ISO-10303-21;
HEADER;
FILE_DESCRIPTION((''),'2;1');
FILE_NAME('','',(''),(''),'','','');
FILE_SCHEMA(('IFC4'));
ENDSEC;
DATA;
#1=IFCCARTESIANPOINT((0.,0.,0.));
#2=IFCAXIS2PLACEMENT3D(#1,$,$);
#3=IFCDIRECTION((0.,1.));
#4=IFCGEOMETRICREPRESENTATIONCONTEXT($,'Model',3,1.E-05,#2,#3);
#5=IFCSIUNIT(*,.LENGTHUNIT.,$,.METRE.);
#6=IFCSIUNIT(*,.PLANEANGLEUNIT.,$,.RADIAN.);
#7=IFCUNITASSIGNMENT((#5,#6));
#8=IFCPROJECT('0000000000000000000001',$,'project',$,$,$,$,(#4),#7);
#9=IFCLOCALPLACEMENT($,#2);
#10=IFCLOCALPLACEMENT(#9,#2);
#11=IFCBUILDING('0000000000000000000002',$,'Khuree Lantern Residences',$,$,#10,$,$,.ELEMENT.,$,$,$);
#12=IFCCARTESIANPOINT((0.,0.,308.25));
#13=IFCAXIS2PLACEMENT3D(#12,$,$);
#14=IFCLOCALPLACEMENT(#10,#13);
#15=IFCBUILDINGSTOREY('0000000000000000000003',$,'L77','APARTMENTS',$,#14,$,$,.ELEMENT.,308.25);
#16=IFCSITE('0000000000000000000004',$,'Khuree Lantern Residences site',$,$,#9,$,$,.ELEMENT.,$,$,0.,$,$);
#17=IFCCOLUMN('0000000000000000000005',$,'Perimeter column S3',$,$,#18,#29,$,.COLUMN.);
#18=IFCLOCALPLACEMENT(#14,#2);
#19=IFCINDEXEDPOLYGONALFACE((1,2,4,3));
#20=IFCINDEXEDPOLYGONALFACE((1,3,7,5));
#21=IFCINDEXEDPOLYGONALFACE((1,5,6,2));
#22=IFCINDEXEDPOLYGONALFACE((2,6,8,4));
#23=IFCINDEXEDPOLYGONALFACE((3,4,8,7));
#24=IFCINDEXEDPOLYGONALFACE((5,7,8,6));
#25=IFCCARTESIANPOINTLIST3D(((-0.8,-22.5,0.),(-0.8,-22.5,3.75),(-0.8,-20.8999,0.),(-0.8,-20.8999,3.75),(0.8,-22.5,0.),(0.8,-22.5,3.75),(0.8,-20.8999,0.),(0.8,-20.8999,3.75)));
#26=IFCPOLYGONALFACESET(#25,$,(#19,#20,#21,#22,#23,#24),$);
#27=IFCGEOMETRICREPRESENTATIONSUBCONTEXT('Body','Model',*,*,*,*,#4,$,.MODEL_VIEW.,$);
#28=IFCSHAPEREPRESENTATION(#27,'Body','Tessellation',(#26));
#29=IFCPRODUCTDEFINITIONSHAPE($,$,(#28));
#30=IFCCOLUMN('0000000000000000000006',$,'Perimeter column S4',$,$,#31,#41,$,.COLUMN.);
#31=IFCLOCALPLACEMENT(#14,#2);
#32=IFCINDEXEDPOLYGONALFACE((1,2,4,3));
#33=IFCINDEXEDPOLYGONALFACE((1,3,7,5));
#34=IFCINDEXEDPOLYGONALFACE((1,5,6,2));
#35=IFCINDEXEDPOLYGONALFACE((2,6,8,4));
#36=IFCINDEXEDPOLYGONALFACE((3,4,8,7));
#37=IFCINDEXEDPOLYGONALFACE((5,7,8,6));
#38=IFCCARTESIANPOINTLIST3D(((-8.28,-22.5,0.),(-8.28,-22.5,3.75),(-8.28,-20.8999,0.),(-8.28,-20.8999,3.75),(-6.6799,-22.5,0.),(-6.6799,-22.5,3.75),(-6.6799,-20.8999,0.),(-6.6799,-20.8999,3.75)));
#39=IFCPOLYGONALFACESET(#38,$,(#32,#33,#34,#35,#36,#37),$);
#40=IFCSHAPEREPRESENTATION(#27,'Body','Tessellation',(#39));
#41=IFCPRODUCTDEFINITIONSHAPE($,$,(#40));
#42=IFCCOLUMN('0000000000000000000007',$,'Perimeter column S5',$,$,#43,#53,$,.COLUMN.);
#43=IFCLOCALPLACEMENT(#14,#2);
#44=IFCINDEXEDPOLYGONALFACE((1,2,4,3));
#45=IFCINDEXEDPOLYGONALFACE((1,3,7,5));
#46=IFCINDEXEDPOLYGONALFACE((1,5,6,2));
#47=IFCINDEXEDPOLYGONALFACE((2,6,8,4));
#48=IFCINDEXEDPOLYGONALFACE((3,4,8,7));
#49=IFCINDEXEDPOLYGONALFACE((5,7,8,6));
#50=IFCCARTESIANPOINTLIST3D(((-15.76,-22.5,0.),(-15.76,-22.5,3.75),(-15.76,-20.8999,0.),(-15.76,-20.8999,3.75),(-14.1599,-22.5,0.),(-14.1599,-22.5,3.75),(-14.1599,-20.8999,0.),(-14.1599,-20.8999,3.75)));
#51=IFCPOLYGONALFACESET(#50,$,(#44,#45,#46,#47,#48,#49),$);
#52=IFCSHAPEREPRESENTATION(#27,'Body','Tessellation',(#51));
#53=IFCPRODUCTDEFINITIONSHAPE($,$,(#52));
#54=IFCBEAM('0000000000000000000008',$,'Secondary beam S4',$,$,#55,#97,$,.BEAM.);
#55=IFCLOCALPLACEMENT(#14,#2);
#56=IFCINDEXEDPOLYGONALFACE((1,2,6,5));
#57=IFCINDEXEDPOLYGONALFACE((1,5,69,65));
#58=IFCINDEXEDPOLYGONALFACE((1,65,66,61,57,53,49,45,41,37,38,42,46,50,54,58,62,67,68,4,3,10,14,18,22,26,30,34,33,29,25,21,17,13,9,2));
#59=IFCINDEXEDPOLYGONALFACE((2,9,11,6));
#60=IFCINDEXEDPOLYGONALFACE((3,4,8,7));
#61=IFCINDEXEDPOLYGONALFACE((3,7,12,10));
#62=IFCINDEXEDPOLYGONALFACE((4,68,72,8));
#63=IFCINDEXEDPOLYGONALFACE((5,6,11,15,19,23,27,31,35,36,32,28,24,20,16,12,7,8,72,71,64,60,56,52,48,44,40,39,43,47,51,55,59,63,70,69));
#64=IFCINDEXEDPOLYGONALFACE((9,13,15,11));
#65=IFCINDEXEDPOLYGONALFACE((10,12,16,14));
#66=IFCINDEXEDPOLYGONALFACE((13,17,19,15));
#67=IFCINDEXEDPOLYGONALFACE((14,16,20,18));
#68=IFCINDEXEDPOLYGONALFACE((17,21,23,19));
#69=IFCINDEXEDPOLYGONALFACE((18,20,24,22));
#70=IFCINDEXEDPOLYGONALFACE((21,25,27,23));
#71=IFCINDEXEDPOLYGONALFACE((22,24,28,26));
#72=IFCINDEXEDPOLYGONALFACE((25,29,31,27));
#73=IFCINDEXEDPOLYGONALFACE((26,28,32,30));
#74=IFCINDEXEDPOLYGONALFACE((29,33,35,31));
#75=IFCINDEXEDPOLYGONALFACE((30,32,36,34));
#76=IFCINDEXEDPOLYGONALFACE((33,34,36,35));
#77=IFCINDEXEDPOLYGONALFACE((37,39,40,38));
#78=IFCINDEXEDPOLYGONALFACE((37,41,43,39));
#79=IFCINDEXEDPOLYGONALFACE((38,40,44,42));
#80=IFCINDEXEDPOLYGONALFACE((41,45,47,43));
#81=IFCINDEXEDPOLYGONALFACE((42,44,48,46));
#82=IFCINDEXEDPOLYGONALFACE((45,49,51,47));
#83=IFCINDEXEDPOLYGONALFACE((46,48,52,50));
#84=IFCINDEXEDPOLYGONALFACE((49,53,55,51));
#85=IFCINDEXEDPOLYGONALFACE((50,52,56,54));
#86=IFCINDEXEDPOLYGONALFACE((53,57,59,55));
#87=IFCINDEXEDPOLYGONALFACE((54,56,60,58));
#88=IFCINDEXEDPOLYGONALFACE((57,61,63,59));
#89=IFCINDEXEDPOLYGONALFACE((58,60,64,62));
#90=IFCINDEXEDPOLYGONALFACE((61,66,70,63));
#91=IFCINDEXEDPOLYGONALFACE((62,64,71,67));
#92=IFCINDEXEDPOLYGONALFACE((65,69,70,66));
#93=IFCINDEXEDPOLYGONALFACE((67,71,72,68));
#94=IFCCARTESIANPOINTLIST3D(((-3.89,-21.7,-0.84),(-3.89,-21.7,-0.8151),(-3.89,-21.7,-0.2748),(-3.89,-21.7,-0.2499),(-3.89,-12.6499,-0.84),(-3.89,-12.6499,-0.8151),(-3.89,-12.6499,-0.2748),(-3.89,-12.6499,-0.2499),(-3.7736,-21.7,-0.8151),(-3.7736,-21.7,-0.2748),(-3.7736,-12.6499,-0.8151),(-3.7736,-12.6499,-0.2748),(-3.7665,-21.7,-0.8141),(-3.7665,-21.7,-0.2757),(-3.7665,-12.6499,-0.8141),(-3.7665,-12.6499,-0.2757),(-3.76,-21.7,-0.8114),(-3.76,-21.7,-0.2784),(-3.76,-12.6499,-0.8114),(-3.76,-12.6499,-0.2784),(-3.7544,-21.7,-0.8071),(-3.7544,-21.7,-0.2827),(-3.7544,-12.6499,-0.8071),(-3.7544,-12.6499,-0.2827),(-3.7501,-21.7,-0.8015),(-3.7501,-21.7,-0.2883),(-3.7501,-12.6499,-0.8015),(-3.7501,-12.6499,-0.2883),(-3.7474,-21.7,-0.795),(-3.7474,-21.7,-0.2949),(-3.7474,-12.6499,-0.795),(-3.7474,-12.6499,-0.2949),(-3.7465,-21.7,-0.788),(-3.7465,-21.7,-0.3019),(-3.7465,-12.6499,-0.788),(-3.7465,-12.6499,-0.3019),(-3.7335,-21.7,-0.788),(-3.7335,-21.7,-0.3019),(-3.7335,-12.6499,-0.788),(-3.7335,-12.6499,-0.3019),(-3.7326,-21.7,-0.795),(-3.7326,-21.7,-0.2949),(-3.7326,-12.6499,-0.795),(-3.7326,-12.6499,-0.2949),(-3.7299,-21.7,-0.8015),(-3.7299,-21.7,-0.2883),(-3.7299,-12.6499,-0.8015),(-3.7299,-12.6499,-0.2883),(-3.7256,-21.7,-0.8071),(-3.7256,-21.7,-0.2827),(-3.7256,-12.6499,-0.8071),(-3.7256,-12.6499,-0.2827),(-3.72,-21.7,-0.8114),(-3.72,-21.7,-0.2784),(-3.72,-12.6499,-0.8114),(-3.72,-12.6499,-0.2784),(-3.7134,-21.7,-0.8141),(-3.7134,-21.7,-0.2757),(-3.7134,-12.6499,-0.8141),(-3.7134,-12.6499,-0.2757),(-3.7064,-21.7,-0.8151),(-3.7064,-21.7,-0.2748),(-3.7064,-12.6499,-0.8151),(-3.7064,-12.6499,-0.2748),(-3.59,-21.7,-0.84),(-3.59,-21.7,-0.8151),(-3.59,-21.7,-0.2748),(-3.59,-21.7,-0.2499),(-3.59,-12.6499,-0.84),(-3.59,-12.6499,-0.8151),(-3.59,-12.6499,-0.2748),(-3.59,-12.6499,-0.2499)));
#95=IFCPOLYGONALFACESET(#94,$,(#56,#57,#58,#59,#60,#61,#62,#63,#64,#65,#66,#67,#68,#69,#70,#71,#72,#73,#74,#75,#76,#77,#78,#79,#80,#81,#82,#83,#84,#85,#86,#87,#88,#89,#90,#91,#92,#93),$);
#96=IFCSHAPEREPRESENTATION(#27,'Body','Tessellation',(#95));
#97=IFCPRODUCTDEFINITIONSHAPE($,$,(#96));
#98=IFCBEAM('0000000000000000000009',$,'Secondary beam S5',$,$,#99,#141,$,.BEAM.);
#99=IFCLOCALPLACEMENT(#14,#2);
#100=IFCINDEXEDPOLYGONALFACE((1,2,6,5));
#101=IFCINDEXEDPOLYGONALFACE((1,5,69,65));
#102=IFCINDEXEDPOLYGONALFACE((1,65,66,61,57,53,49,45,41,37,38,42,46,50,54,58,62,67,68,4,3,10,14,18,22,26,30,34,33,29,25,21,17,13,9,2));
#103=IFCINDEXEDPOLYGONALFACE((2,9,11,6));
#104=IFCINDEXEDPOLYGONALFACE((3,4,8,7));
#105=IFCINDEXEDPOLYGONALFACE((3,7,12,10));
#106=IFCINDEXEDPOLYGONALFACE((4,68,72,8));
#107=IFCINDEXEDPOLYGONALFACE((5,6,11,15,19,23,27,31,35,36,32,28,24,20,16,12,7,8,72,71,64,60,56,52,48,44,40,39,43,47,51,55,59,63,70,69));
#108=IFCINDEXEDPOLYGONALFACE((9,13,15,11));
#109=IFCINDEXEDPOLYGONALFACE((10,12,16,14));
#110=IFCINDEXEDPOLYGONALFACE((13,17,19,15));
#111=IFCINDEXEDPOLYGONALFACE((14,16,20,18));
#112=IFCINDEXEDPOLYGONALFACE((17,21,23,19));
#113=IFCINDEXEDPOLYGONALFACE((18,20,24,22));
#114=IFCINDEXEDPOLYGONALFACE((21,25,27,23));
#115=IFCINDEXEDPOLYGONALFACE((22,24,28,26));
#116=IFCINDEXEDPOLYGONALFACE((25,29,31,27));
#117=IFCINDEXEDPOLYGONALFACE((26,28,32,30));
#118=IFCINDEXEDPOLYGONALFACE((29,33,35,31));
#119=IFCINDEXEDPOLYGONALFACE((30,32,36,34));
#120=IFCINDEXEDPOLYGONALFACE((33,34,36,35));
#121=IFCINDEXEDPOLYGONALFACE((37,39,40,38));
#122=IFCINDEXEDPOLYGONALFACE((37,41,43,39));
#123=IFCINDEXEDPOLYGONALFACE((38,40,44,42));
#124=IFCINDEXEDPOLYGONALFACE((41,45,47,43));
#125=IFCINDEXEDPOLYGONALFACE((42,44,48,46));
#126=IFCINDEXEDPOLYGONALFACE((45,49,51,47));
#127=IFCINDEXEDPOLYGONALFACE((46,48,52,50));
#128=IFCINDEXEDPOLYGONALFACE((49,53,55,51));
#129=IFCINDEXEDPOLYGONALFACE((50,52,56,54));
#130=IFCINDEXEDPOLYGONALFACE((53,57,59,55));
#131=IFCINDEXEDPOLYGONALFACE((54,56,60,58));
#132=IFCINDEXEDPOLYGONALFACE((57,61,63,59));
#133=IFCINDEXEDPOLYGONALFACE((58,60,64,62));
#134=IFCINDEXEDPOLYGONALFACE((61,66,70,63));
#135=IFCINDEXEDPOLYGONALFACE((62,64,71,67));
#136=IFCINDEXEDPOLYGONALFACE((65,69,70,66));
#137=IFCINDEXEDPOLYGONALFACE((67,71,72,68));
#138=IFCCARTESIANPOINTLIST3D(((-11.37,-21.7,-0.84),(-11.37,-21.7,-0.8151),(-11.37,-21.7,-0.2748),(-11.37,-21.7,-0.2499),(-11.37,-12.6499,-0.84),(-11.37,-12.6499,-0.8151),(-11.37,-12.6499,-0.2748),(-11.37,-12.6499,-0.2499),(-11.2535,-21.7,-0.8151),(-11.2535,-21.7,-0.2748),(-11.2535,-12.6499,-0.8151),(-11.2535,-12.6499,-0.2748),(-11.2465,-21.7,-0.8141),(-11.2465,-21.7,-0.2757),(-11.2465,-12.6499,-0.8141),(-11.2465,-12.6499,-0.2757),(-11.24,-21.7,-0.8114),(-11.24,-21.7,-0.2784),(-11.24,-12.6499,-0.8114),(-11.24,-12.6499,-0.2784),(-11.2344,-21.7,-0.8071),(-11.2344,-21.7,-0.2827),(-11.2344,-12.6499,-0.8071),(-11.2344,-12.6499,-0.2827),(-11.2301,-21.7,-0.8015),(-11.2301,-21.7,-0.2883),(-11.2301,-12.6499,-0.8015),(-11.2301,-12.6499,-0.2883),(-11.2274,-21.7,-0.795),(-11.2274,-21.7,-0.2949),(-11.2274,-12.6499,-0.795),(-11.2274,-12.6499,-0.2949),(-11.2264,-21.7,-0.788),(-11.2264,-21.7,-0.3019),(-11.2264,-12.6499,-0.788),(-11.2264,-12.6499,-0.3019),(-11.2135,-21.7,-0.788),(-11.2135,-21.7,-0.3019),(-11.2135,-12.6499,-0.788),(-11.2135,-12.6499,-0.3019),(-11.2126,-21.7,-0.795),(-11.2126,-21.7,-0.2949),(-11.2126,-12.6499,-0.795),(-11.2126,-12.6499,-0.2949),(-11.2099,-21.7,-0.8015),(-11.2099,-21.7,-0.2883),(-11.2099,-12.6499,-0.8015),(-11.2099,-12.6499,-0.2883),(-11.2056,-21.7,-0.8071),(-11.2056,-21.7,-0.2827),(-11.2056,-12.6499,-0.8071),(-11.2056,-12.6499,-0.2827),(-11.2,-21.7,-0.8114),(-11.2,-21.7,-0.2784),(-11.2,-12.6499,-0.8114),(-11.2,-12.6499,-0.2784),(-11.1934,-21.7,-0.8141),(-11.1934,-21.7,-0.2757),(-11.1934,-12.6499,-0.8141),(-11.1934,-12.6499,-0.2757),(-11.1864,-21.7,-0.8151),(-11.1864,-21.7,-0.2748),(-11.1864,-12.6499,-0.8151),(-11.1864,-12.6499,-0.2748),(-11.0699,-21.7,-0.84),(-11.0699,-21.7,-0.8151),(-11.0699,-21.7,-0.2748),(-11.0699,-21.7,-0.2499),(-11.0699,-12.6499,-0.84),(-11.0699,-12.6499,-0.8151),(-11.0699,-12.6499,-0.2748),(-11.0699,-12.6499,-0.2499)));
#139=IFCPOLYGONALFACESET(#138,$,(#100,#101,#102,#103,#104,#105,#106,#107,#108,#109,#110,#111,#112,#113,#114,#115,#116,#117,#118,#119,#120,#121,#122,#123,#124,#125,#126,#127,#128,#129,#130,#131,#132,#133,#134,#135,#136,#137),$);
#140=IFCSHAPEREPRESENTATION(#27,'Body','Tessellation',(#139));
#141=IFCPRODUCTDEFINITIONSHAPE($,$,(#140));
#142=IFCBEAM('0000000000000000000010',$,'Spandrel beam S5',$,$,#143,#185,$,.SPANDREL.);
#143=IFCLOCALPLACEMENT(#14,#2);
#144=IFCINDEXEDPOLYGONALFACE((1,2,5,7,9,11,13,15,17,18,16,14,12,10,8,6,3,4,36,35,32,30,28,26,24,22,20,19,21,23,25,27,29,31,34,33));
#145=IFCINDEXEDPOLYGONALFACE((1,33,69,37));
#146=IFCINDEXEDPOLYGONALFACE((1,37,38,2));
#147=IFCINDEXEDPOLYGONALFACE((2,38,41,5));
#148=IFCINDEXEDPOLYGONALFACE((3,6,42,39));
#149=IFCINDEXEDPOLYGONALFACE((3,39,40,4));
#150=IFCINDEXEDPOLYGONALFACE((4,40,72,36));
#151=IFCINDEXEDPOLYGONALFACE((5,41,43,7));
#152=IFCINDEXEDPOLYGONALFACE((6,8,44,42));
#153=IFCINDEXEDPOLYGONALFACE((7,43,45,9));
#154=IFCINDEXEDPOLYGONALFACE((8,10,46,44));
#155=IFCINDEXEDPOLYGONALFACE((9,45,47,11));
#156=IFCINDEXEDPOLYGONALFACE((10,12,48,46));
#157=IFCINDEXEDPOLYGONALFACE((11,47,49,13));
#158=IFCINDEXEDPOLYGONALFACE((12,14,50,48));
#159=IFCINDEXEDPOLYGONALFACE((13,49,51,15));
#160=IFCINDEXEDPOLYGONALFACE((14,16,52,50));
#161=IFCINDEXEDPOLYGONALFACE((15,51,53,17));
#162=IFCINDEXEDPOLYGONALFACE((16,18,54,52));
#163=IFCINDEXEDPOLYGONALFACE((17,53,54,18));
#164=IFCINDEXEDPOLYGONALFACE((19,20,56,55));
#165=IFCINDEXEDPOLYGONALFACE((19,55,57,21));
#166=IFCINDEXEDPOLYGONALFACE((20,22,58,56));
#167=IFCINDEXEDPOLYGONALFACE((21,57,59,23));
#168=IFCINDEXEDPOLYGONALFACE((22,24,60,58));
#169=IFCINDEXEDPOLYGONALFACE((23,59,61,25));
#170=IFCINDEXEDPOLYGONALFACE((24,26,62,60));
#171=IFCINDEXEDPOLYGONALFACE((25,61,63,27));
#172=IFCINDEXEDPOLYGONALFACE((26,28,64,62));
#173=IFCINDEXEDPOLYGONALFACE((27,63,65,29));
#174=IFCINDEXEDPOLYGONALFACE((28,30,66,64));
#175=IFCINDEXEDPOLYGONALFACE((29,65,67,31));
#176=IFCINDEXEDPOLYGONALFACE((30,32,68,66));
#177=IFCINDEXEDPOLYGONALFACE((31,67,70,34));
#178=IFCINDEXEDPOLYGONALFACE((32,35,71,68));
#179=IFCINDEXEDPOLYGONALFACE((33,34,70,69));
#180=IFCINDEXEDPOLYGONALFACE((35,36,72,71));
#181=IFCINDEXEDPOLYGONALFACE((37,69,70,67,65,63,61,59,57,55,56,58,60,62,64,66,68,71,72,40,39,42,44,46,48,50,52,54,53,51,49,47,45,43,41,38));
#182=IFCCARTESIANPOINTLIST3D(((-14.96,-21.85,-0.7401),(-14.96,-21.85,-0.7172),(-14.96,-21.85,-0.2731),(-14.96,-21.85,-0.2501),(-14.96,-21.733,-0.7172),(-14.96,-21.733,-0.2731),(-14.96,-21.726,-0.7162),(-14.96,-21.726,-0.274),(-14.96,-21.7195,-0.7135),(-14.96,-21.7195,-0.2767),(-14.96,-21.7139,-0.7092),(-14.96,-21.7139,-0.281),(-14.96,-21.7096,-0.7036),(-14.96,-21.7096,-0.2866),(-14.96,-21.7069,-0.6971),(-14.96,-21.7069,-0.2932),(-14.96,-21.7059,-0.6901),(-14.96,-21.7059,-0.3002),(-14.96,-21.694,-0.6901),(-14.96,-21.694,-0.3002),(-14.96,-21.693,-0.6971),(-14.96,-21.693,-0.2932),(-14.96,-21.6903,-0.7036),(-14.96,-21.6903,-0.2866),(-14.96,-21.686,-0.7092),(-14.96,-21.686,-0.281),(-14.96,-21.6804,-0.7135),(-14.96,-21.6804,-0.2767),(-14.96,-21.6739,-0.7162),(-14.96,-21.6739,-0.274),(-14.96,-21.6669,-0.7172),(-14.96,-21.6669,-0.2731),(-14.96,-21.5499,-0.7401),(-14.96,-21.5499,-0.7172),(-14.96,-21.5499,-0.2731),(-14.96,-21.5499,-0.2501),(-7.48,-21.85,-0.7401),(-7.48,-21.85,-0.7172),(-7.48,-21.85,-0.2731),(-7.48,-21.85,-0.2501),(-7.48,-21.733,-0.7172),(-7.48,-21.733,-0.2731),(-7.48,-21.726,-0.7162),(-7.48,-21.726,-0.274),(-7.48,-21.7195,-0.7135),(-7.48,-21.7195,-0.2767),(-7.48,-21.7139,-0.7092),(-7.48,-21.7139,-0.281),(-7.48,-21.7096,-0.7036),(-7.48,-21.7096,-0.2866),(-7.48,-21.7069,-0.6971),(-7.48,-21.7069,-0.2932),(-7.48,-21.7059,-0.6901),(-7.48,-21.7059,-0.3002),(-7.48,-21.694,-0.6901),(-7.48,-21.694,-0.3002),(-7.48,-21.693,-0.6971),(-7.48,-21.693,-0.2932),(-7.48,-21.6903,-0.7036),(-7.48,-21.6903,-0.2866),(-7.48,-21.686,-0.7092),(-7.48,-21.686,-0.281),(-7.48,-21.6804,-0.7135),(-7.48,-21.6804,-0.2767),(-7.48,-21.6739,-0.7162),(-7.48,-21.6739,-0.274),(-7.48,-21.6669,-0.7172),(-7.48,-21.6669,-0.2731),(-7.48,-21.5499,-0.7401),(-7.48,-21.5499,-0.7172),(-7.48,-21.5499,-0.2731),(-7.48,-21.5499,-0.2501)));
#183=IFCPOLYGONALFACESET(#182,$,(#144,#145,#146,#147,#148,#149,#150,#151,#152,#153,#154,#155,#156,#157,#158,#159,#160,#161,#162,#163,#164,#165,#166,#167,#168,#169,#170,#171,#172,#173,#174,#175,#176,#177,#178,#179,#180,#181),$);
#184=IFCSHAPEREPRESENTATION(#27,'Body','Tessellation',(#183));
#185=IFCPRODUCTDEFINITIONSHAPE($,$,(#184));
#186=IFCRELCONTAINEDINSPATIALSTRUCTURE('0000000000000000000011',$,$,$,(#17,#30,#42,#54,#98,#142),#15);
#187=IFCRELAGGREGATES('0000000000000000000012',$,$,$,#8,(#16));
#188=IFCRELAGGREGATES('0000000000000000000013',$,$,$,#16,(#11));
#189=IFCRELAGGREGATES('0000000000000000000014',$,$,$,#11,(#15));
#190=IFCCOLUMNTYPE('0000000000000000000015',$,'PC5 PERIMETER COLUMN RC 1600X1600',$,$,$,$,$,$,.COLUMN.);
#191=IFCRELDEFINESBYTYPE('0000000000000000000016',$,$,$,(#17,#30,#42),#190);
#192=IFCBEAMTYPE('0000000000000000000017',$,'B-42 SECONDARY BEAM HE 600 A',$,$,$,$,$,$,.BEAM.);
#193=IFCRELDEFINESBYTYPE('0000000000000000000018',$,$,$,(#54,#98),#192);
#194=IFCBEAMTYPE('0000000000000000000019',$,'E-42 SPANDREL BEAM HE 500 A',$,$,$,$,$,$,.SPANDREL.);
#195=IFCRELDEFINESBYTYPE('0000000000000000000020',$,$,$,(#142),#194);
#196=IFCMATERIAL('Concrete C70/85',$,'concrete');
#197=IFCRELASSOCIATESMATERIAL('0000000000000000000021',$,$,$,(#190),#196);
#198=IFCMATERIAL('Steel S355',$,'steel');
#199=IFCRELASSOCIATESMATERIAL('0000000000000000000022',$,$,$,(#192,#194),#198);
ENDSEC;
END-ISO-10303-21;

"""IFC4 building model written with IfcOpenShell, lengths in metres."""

from ifc_helpers import new_model, si_unit, direction, frame, origin, origin_2d, place, context, subcontext, project, spatial, rectangle, i_section, extrude, material, material_profile, profile_set, type_object, element, save


model = new_model("IFC4")

# Units and contexts
model_context = context("Model", 3, precision=1e-05, world=origin(), true_north=direction((0.0, 1.0)))
body_context = subcontext(model_context, "Body", "Model", "MODEL_VIEW")
ifc_project = project(units=[si_unit("LENGTHUNIT", "METRE"), si_unit("PLANEANGLEUNIT", "RADIAN")], contexts=[model_context])

# Site, building, storey
site_placement = place(None, origin())
site = spatial("IfcSite", under=ifc_project, at=site_placement, Name="Khuree Lantern Residences site", CompositionType="ELEMENT", RefElevation=0.0)
building_placement = place(site_placement, origin())
building = spatial("IfcBuilding", under=site, at=building_placement, Name="Khuree Lantern Residences", CompositionType="ELEMENT")
storey_placement = place(building_placement, frame((0.0, 0.0, 308.25)))
storey = spatial("IfcBuildingStorey", under=building, at=storey_placement, Name="L77", Description="APARTMENTS", CompositionType="ELEMENT", Elevation=308.25)

# Columns
ifc_material_1 = material(Name="Concrete C70/85", Category="concrete")
ifc_material_profile_1 = material_profile(ifc_material_1, rectangle(XDim=1.6001, YDim=1.6001, at=origin_2d()), Name="RC 1600X1600")
ifc_profile_set_1 = profile_set([ifc_material_profile_1], Name="Concrete C70/85")
column_type = type_object("IfcColumnType", Name="PC5 PERIMETER COLUMN RC 1600X1600", PredefinedType="COLUMN", material=ifc_profile_set_1)
for number, where, z_axis, x_axis, name in (
    (1, (0.0, -21.7, 0.0), (0.0, 0.0, 1.0), (1.0, 0.0, 0.0), "Perimeter column S3"),
    (2, (-7.48, -21.7, 0.0), (0.0, 0.0, 1.0), (1.0, 0.0, 0.0), "Perimeter column S4"),
    (3, (-14.96, -21.7, 0.0), (0.0, 0.0, 1.0), (1.0, 0.0, 0.0), "Perimeter column S5"),
):
    element("IfcColumn", number, at=place(storey_placement, frame(where, z_axis=z_axis, x_axis=x_axis)), inside=storey, type_object=column_type, Name=name, PredefinedType="COLUMN", context=body_context, shape_type="SweptSolid", body=[
        extrude(rectangle(XDim=1.6001, YDim=1.6001, at=origin_2d()), origin(), (0.0, 0.0, 1.0), 3.75),
    ])

# Beams
ifc_material_2 = material(Name="Steel S355", Category="steel")
ifc_material_profile_2 = material_profile(ifc_material_2, i_section(OverallWidth=0.3, OverallDepth=0.5901, WebThickness=0.0129, FlangeThickness=0.0249, FilletRadius=0.0271, at=origin_2d()), Name="HE 600 A")
ifc_profile_set_2 = profile_set([ifc_material_profile_2], Name="Steel S355")
beam_type_1 = type_object("IfcBeamType", Name="B-42 SECONDARY BEAM HE 600 A", PredefinedType="BEAM", material=ifc_profile_set_2)
for number, where, z_axis, x_axis, name in (
    (4, (-3.74, -21.7, -0.5449), (0.0, 1.0, 0.0), (-1.0, 0.0, 0.0), "Secondary beam S4"),
    (5, (-11.22, -21.7, -0.5449), (0.0, 1.0, 0.0), (-1.0, 0.0, 0.0), "Secondary beam S5"),
):
    element("IfcBeam", number, at=place(storey_placement, frame(where, z_axis=z_axis, x_axis=x_axis)), inside=storey, type_object=beam_type_1, Name=name, PredefinedType="BEAM", context=body_context, shape_type="SweptSolid", body=[
        extrude(i_section(OverallWidth=0.3, OverallDepth=0.5901, WebThickness=0.0129, FlangeThickness=0.0249, FilletRadius=0.0271, at=origin_2d()), origin(), (0.0, 0.0, 1.0), 9.05),
    ])
ifc_material_profile_3 = material_profile(ifc_material_2, i_section(OverallWidth=0.3, OverallDepth=0.49, WebThickness=0.012, FlangeThickness=0.0229, FilletRadius=0.0271, at=origin_2d()), Name="HE 500 A")
ifc_profile_set_3 = profile_set([ifc_material_profile_3], Name="Steel S355")
beam_type_2 = type_object("IfcBeamType", Name="E-42 SPANDREL BEAM HE 500 A", PredefinedType="SPANDREL", material=ifc_profile_set_3)
beam_1_placement = place(storey_placement, frame((-7.48, -21.7, -0.4951), z_axis=(-1.0, 0.0, 0.0), x_axis=(0.0, -1.0, 0.0)))
element("IfcBeam", 6, at=beam_1_placement, inside=storey, type_object=beam_type_2, Name="Spandrel beam S5", PredefinedType="SPANDREL", context=body_context, shape_type="SweptSolid", body=[
    extrude(i_section(OverallWidth=0.3, OverallDepth=0.49, WebThickness=0.012, FlangeThickness=0.0229, FilletRadius=0.0271, at=origin_2d()), origin(), (0.0, 0.0, 1.0), 7.48),
])

save(model, "model.ifc")
